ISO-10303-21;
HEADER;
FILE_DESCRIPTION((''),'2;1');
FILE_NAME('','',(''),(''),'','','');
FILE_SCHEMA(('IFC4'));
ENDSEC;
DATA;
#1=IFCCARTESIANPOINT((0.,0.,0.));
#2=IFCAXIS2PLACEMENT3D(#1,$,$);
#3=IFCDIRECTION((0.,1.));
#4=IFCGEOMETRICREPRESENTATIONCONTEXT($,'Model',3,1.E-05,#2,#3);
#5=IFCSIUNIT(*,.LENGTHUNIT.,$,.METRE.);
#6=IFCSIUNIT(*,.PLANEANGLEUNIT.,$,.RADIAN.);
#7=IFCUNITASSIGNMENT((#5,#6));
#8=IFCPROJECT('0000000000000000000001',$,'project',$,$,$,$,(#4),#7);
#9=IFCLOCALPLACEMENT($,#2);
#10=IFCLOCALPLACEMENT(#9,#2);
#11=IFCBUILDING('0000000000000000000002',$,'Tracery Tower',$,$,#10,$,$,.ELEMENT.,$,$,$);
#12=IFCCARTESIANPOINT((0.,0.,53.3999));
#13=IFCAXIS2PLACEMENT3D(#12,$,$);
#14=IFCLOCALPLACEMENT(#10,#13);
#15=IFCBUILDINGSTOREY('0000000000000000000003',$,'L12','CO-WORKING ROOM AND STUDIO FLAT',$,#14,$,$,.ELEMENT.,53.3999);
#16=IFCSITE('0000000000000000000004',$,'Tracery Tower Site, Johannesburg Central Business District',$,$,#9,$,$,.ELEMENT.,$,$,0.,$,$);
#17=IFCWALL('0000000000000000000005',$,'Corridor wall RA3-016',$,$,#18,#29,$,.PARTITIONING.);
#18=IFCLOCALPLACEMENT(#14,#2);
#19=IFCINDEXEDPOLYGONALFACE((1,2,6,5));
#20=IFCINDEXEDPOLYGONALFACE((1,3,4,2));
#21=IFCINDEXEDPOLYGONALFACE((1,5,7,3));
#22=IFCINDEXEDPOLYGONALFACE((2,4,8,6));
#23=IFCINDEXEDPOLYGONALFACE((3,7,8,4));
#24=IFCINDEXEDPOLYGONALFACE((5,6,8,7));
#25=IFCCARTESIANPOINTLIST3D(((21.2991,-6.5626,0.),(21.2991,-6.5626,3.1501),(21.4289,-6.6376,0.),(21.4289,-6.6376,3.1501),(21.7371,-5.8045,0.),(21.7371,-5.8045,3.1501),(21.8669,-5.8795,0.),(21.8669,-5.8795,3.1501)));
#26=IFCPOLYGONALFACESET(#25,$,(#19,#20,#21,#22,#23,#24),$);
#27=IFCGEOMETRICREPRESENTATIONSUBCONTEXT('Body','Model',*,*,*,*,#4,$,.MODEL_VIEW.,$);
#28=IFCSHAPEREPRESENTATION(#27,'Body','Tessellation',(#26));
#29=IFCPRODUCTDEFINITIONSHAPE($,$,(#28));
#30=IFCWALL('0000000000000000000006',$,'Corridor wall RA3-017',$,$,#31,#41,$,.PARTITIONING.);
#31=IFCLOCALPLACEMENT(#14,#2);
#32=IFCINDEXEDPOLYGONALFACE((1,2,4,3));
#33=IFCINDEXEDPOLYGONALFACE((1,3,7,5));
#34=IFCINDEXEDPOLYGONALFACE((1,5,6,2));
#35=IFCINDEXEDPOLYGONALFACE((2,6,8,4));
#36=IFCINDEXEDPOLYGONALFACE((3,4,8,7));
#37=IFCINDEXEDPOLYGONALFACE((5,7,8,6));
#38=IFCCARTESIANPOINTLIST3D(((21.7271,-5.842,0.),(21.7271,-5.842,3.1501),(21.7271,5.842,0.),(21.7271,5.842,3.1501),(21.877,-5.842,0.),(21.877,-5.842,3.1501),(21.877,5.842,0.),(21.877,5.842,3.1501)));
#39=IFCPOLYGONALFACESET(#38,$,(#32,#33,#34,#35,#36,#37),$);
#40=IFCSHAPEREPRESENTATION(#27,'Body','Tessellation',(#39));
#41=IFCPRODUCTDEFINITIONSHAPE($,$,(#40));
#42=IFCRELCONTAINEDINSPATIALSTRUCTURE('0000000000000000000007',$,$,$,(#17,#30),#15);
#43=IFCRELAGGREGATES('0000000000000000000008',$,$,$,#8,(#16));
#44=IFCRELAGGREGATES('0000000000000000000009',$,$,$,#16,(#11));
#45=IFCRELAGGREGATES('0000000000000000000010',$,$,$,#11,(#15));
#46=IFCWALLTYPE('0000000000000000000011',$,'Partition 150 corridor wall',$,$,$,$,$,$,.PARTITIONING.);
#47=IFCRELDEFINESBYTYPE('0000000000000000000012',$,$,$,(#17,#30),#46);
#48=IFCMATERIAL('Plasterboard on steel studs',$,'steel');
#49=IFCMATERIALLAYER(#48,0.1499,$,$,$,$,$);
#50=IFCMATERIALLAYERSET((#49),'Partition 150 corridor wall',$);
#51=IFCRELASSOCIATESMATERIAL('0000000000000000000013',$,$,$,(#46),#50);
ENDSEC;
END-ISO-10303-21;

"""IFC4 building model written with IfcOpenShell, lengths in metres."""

from ifc_helpers import new_model, si_unit, direction, frame, frame_2d, origin, place, context, subcontext, project, spatial, rectangle, extrude, material, layer, layer_set, type_object, element, save


model = new_model("IFC4")

# Units and contexts
model_context = context("Model", 3, precision=1e-05, world=origin(), true_north=direction((0.0, 1.0)))
body_context = subcontext(model_context, "Body", "Model", "MODEL_VIEW")
ifc_project = project(units=[si_unit("LENGTHUNIT", "METRE"), si_unit("PLANEANGLEUNIT", "RADIAN")], contexts=[model_context])

# Site, building, storey
site_placement = place(None, origin())
site = spatial("IfcSite", under=ifc_project, at=site_placement, Name="Tracery Tower Site, Johannesburg Central Business District", CompositionType="ELEMENT", RefElevation=0.0)
building_placement = place(site_placement, origin())
building = spatial("IfcBuilding", under=site, at=building_placement, Name="Tracery Tower", CompositionType="ELEMENT")
storey_placement = place(building_placement, frame((0.0, 0.0, 53.3999)))
storey = spatial("IfcBuildingStorey", under=building, at=storey_placement, Name="L12", Description="CO-WORKING ROOM AND STUDIO FLAT", CompositionType="ELEMENT", Elevation=53.3999)

# Shared definitions
ifc_material_1 = material(Name="Plasterboard on steel studs", Category="steel")
ifc_layer_1 = layer(ifc_material_1, 0.1499)
ifc_layer_set_1 = layer_set([ifc_layer_1], Name="Partition 150 corridor wall")
wall_type_1 = type_object("IfcWallType", Name="Partition 150 corridor wall", PredefinedType="PARTITIONING", material=ifc_layer_set_1)

# Walls
wall_1_placement = place(storey_placement, frame((21.364, -6.6001, 0.0), z_axis=(0.0, 0.0, 1.0), x_axis=(0.500278, 0.865865, 0.0)))
element("IfcWall", 1, at=wall_1_placement, inside=storey, type_object=wall_type_1, Name="Corridor wall RA3-016", PredefinedType="PARTITIONING", context=body_context, shape_type="SweptSolid", body=[
    extrude(rectangle(XDim=0.8755, YDim=0.1499, at=frame_2d((0.4377, 0.0))), origin(), (0.0, 0.0, 1.0), 3.1501),
])
wall_2_placement = place(storey_placement, frame((21.802, -5.842, 0.0), z_axis=(0.0, 0.0, 1.0), x_axis=(0.0, 1.0, 0.0)))
element("IfcWall", 2, at=wall_2_placement, inside=storey, type_object=wall_type_1, Name="Corridor wall RA3-017", PredefinedType="PARTITIONING", context=body_context, shape_type="SweptSolid", body=[
    extrude(rectangle(XDim=11.6841, YDim=0.1499, at=frame_2d((5.842, 0.0))), origin(), (0.0, 0.0, 1.0), 3.1501),
])

save(model, "model.ifc")
